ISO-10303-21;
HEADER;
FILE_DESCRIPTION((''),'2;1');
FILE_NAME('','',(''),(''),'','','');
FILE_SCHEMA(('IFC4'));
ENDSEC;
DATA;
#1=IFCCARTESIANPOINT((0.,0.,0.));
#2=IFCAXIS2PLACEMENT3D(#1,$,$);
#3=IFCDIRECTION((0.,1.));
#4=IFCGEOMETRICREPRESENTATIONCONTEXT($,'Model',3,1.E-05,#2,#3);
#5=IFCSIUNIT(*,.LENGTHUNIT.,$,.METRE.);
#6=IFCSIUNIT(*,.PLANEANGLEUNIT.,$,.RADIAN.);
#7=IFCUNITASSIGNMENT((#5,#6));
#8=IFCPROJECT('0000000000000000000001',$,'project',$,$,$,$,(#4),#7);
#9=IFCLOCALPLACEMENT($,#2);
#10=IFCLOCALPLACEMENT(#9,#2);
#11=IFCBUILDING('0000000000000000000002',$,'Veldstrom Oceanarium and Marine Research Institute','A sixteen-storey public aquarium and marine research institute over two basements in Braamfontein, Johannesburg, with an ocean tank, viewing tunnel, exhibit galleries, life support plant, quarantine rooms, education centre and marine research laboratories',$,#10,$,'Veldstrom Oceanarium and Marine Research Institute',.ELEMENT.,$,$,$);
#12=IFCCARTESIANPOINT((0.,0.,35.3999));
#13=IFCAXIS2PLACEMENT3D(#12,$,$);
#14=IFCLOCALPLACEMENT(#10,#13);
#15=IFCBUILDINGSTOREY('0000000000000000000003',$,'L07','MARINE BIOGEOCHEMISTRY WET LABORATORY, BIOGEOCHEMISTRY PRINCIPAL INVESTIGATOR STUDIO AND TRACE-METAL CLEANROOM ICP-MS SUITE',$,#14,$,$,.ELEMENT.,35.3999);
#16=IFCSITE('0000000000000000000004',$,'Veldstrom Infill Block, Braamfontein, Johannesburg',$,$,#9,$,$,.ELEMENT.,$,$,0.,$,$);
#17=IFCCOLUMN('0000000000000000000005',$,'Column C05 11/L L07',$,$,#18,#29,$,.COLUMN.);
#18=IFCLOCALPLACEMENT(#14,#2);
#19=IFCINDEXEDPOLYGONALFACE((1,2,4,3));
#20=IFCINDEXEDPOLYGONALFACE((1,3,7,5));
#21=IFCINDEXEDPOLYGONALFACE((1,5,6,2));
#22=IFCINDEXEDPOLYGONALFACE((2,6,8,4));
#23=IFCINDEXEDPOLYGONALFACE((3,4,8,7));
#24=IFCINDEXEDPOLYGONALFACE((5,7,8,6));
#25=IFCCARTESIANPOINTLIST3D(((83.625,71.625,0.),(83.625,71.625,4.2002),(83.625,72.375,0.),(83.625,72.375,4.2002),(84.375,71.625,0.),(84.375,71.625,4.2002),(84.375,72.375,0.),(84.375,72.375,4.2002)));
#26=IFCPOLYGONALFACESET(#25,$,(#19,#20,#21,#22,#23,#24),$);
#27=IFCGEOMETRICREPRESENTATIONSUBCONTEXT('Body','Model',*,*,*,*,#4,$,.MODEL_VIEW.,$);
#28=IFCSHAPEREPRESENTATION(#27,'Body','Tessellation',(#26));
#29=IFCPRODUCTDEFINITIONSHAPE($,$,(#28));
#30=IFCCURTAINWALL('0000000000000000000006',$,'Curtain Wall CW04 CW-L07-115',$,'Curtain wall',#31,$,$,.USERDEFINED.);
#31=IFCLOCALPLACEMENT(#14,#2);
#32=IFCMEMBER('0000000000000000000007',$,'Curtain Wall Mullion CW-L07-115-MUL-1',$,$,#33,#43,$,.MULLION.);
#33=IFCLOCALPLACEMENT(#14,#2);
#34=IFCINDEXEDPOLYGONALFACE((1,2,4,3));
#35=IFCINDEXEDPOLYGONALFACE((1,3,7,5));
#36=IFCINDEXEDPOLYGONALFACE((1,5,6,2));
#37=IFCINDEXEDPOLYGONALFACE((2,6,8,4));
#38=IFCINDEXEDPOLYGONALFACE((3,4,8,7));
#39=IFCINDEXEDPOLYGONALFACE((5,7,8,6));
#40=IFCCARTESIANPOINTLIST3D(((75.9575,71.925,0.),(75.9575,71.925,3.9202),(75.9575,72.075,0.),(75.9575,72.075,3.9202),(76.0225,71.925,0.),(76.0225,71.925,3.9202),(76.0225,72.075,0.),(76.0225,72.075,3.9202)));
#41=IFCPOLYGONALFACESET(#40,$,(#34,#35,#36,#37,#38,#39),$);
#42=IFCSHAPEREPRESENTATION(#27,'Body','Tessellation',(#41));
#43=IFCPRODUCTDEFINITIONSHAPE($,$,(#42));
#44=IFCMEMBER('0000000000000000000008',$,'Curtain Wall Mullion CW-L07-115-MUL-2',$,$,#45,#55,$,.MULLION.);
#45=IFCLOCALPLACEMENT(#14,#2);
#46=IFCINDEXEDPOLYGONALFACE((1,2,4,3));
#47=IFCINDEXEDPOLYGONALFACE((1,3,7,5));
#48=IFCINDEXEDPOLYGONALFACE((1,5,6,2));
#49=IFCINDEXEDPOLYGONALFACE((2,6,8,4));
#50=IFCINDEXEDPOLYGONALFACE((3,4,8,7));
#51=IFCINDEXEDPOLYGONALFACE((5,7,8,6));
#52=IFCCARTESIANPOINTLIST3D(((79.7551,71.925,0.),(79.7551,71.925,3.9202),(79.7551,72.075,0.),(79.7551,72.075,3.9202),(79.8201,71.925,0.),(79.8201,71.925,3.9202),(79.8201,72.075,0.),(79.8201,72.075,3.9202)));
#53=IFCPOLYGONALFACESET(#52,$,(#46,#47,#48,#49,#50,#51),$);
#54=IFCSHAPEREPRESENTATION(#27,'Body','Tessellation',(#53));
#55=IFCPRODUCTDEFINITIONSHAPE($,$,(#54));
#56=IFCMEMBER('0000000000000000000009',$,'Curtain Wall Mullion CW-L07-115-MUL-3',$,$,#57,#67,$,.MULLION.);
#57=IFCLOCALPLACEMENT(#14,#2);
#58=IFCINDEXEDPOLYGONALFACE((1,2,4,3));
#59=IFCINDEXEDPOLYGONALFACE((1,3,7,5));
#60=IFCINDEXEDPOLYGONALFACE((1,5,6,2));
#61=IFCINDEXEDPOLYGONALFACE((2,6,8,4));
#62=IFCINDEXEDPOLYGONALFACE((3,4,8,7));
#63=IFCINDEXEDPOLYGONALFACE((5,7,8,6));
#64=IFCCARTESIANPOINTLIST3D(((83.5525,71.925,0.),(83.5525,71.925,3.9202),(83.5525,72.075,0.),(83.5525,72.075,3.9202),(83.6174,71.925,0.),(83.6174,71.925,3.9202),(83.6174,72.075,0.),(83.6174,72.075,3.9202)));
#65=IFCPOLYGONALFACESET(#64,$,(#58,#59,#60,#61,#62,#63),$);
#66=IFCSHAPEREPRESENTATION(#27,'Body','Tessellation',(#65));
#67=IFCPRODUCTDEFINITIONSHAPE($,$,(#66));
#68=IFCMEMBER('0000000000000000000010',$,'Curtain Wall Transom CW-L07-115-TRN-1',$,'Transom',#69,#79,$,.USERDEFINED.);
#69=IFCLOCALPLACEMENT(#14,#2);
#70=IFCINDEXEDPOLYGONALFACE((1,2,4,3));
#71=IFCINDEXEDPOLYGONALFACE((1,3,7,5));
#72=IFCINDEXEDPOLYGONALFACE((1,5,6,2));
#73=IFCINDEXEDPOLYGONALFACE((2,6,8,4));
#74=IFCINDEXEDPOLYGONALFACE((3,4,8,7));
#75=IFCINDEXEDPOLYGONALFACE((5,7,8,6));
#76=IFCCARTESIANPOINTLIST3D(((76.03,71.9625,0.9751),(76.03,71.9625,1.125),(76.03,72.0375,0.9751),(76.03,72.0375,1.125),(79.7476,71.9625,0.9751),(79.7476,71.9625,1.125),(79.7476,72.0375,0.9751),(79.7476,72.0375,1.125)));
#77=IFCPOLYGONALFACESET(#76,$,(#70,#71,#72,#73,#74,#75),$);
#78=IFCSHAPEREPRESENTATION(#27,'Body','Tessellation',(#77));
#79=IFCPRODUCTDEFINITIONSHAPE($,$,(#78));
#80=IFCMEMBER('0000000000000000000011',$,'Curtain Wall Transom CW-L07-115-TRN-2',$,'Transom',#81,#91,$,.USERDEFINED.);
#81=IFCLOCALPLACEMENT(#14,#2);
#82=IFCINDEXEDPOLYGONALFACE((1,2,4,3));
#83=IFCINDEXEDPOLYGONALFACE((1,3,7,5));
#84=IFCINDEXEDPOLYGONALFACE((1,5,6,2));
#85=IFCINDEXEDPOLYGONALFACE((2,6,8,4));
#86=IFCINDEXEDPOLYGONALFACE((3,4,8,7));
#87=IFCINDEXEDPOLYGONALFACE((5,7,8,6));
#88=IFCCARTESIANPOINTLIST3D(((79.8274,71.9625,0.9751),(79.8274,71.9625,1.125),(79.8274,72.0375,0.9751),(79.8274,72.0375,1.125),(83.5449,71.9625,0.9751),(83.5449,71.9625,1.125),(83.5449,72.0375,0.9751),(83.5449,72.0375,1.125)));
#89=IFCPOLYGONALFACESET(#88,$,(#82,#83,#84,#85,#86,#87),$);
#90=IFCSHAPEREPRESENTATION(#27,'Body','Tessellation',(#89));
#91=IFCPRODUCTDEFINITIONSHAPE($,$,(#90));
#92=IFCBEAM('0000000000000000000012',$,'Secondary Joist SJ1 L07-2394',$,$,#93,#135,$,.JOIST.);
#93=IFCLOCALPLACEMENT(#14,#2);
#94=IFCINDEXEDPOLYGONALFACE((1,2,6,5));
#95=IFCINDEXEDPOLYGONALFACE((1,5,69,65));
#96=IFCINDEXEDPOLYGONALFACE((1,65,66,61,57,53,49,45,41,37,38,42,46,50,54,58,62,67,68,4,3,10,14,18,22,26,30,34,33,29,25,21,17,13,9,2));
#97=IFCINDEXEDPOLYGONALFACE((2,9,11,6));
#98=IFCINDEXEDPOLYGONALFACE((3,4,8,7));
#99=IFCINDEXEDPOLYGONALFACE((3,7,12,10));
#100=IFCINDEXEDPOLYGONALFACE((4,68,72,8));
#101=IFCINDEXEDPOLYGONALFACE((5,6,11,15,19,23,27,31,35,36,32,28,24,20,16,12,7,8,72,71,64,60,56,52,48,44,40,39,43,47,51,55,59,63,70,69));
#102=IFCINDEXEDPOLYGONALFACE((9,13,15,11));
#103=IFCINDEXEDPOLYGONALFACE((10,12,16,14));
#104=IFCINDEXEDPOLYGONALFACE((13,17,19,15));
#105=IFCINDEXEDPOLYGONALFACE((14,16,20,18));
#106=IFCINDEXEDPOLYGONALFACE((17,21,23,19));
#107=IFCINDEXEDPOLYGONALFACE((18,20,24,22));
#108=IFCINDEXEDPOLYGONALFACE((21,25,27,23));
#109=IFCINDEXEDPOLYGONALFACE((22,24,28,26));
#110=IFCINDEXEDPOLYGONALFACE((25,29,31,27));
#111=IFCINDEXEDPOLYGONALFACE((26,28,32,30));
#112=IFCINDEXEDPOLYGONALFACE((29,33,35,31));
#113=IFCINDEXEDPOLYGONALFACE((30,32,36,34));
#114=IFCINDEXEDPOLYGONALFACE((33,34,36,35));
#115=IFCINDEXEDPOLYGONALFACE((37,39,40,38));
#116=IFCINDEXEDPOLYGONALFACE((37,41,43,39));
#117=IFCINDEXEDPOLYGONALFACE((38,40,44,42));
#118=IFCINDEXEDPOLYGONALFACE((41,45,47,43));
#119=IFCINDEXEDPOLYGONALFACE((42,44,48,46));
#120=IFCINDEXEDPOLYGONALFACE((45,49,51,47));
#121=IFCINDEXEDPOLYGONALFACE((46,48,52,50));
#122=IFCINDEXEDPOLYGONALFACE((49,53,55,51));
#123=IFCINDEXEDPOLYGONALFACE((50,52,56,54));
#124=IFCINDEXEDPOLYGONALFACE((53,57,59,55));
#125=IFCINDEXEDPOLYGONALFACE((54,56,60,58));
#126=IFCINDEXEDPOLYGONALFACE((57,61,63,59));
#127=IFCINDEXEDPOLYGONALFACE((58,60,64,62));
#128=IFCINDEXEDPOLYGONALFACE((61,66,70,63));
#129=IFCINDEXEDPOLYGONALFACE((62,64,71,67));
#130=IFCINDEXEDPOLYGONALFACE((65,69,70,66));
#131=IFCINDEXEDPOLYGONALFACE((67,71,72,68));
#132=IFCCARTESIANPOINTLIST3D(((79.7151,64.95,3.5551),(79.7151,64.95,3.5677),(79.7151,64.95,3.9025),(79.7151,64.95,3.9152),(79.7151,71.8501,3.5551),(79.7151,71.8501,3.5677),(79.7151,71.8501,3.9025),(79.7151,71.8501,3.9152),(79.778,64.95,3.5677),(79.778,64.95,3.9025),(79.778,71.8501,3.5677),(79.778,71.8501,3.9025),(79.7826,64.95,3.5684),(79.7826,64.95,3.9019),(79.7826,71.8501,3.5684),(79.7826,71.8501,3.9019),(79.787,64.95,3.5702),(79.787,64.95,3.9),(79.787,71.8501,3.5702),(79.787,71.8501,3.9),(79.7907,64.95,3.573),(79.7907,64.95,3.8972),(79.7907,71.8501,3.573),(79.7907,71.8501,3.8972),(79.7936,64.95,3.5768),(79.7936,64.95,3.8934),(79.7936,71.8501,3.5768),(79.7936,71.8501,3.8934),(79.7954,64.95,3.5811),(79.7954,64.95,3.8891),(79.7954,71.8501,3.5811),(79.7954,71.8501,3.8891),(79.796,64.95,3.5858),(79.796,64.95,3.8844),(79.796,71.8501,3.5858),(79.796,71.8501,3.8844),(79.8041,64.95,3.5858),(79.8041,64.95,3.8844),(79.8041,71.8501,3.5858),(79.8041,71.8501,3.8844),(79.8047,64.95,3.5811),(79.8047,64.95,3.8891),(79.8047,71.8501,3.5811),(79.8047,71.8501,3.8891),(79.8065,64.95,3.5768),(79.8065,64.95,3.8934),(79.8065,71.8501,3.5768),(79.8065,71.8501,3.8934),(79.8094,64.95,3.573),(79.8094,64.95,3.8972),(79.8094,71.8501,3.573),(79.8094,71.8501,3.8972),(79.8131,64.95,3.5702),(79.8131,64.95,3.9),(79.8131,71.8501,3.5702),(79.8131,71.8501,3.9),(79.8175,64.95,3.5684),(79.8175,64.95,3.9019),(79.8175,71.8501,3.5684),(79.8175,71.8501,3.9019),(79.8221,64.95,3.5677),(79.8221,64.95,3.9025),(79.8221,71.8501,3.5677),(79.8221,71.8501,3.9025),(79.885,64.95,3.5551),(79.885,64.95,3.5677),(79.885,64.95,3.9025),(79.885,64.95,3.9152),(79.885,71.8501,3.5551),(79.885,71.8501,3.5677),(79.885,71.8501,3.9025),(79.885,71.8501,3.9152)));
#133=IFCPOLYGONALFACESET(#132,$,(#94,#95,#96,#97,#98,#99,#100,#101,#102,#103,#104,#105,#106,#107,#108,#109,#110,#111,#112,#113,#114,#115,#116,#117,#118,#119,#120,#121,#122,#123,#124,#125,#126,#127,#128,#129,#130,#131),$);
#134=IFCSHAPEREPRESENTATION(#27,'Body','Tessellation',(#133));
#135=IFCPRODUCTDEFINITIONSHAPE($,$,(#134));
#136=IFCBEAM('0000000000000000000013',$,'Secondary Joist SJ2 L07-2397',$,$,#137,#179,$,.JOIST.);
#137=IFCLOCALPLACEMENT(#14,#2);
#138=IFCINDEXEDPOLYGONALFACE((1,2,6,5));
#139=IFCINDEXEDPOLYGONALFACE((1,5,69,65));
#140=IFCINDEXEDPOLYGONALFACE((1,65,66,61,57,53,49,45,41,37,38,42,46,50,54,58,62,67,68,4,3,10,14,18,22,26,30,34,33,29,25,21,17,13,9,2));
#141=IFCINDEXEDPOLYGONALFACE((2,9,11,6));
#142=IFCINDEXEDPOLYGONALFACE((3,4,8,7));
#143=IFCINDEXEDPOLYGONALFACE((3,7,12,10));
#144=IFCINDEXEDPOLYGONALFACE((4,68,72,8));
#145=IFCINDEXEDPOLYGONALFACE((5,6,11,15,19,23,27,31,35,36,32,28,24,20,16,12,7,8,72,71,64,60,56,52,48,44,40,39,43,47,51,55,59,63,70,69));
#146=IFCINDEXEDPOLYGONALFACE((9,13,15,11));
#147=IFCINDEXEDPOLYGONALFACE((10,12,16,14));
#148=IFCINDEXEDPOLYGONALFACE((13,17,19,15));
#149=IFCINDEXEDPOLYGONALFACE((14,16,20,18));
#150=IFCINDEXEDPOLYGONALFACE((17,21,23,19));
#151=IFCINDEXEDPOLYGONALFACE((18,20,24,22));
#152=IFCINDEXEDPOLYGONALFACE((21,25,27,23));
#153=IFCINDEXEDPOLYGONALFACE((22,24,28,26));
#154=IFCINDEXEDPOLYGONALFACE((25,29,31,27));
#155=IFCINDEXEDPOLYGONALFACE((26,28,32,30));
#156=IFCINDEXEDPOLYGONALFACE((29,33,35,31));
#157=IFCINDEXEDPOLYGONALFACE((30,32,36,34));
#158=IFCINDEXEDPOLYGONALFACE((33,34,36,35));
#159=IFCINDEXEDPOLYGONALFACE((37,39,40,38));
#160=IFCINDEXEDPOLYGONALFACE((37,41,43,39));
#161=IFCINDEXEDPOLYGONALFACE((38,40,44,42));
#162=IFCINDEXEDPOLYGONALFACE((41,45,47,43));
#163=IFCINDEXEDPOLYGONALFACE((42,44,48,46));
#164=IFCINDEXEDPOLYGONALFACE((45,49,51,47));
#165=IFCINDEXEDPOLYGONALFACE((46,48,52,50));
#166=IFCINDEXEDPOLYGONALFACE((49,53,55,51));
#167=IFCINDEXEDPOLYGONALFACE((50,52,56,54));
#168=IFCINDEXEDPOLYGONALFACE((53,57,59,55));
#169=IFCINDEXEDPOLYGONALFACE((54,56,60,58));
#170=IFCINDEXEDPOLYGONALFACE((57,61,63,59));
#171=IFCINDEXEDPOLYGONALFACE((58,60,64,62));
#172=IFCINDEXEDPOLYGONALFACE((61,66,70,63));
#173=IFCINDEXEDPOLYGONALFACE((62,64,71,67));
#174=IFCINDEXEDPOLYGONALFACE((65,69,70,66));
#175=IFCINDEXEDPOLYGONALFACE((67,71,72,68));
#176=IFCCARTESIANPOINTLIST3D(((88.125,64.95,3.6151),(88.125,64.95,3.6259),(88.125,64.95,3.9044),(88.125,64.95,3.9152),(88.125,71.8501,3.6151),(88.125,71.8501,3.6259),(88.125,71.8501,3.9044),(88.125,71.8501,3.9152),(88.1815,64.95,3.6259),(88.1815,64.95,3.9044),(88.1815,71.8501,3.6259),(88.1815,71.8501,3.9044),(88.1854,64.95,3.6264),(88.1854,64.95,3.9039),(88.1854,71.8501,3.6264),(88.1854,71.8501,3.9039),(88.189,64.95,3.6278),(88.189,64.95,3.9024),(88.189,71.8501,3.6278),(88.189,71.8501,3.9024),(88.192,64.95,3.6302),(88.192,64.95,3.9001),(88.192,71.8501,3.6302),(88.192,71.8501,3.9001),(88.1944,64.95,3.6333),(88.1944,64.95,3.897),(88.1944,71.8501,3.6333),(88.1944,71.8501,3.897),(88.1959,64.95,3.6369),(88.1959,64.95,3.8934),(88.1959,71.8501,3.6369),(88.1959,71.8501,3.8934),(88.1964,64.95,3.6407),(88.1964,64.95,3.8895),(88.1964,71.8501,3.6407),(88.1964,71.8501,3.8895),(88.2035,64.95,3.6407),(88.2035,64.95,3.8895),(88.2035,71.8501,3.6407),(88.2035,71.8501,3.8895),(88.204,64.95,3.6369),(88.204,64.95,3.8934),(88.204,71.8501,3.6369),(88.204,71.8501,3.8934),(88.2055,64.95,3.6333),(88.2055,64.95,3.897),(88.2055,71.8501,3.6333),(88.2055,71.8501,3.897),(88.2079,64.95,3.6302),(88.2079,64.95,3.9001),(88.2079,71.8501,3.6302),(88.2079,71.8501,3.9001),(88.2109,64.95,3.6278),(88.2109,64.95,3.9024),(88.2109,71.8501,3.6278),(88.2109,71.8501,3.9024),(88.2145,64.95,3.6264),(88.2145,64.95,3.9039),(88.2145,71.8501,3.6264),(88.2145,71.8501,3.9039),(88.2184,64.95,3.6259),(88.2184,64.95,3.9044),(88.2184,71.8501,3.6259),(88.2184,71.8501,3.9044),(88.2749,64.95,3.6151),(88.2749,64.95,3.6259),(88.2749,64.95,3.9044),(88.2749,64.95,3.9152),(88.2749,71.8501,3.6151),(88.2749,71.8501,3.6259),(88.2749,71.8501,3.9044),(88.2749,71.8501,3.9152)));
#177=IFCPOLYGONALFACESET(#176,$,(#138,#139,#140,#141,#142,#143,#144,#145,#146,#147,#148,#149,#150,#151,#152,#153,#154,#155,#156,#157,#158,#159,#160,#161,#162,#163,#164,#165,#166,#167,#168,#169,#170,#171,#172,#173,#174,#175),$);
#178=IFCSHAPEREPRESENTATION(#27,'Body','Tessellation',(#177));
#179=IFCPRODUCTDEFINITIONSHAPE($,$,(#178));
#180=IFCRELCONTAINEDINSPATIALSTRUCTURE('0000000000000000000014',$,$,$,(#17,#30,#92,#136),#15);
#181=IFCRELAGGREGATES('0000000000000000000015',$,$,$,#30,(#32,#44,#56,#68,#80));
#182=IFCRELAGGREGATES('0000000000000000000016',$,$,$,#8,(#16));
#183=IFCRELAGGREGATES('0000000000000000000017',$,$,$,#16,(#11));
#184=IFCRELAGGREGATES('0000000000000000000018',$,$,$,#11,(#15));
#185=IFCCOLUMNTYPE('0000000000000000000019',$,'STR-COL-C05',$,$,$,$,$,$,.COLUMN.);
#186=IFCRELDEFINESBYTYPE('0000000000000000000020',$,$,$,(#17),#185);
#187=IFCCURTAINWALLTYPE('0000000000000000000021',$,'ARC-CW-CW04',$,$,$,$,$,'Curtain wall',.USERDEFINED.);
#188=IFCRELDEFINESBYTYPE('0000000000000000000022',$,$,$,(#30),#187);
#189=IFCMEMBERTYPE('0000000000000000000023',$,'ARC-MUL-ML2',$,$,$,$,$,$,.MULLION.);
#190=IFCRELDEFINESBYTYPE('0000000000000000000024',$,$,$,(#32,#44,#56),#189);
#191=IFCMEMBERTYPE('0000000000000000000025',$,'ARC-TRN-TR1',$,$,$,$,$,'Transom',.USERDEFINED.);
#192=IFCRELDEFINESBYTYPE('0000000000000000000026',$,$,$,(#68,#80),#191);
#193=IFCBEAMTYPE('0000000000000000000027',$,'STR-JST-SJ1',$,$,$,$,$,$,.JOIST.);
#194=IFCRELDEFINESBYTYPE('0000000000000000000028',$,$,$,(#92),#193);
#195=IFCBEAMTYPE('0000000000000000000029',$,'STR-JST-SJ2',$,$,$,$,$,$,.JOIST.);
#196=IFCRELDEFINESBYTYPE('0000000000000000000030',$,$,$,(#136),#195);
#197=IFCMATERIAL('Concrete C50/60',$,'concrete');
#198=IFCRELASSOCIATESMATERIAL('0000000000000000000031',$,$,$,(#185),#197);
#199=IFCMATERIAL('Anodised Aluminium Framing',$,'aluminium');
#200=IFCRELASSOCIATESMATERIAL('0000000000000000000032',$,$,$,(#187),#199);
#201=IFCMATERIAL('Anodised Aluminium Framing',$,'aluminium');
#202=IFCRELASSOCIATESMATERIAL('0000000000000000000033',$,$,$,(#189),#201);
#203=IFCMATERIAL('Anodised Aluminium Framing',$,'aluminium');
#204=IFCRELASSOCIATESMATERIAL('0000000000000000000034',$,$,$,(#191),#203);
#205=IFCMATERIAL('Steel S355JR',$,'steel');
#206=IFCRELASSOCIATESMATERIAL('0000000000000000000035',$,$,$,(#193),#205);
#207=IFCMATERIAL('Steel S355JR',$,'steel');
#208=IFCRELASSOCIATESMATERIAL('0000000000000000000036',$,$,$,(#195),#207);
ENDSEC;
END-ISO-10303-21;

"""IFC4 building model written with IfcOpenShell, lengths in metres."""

from ifc_helpers import new_model, si_unit, direction, frame, origin, origin_2d, place, context, subcontext, project, spatial, rectangle, i_section, extrude, material, material_profile, profile_set, type_object, element, aggregate, save


model = new_model("IFC4")

# Units and contexts
model_context = context("Model", 3, precision=1e-05, world=origin(), true_north=direction((0.0, 1.0)))
body_context = subcontext(model_context, "Body", "Model", "MODEL_VIEW")
ifc_project = project(units=[si_unit("LENGTHUNIT", "METRE"), si_unit("PLANEANGLEUNIT", "RADIAN")], contexts=[model_context])

# Site, building, storey
site_placement = place(None, origin())
site = spatial("IfcSite", under=ifc_project, at=site_placement, Name="Veldstrom Infill Block, Braamfontein, Johannesburg", CompositionType="ELEMENT", RefElevation=0.0)
building_placement = place(site_placement, origin())
building = spatial("IfcBuilding", under=site, at=building_placement, Name="Veldstrom Oceanarium and Marine Research Institute", Description="A sixteen-storey public aquarium and marine research institute over two basements in Braamfontein, Johannesburg, with an ocean tank, viewing tunnel, exhibit galleries, life support plant, quarantine rooms, education centre and marine research laboratories", LongName="Veldstrom Oceanarium and Marine Research Institute", CompositionType="ELEMENT")
storey_placement = place(building_placement, frame((0.0, 0.0, 35.3999)))
storey = spatial("IfcBuildingStorey", under=building, at=storey_placement, Name="L07", Description="MARINE BIOGEOCHEMISTRY WET LABORATORY, BIOGEOCHEMISTRY PRINCIPAL INVESTIGATOR STUDIO AND TRACE-METAL CLEANROOM ICP-MS SUITE", CompositionType="ELEMENT", Elevation=35.3999)

# Column
ifc_material_1 = material(Name="Concrete C50/60", Category="concrete")
ifc_material_profile_1 = material_profile(ifc_material_1, rectangle(XDim=0.75, YDim=0.75, at=origin_2d()), Name="RC-COL-750x750")
ifc_profile_set_1 = profile_set([ifc_material_profile_1], Name="Concrete C50/60")
column_type = type_object("IfcColumnType", Name="STR-COL-C05", PredefinedType="COLUMN", material=ifc_profile_set_1)
column_placement = place(storey_placement, frame((84.0, 72.0, 0.0), z_axis=(0.0, 0.0, 1.0), x_axis=(1.0, 0.0, 0.0)))
element("IfcColumn", 1, at=column_placement, inside=storey, type_object=column_type, Name="Column C05 11/L L07", PredefinedType="COLUMN", context=body_context, shape_type="SweptSolid", body=[
    extrude(rectangle(XDim=0.75, YDim=0.75, at=origin_2d()), origin(), (0.0, 0.0, 1.0), 4.2002),
])

# Curtain wall, members
ifc_material_2 = material(Name="Anodised Aluminium Framing", Category="aluminium")
curtain_wall_type = type_object("IfcCurtainWallType", Name="ARC-CW-CW04", ElementType="Curtain wall", PredefinedType="USERDEFINED", material=ifc_material_2)
curtain_wall_placement = place(storey_placement, origin())
curtain_wall = element("IfcCurtainWall", 2, at=curtain_wall_placement, inside=storey, type_object=curtain_wall_type, Name="Curtain Wall CW04 CW-L07-115", ObjectType="Curtain wall", PredefinedType="USERDEFINED")
ifc_material_3 = material(Name="Anodised Aluminium Framing", Category="aluminium")
ifc_material_profile_2 = material_profile(ifc_material_3, rectangle(XDim=0.0649, YDim=0.1499, at=origin_2d()), Name="ALU-MUL-65x150")
ifc_profile_set_2 = profile_set([ifc_material_profile_2], Name="Anodised Aluminium Framing")
member_type_1 = type_object("IfcMemberType", Name="ARC-MUL-ML2", PredefinedType="MULLION", material=ifc_profile_set_2)
member_1_placement = place(storey_placement, frame((75.99, 72.0, 0.0), z_axis=(0.0, 0.0, 1.0), x_axis=(1.0, 0.0, 0.0)))
member_1 = element("IfcMember", 3, at=member_1_placement, type_object=member_type_1, Name="Curtain Wall Mullion CW-L07-115-MUL-1", PredefinedType="MULLION", context=body_context, shape_type="SweptSolid", body=[
    extrude(rectangle(XDim=0.0649, YDim=0.1499, at=origin_2d()), origin(), (0.0, 0.0, 1.0), 3.9202),
])
member_2_placement = place(storey_placement, frame((79.7876, 72.0, 0.0), z_axis=(0.0, 0.0, 1.0), x_axis=(1.0, 0.0, 0.0)))
member_2 = element("IfcMember", 4, at=member_2_placement, type_object=member_type_1, Name="Curtain Wall Mullion CW-L07-115-MUL-2", PredefinedType="MULLION", context=body_context, shape_type="SweptSolid", body=[
    extrude(rectangle(XDim=0.0649, YDim=0.1499, at=origin_2d()), origin(), (0.0, 0.0, 1.0), 3.9202),
])
member_3_placement = place(storey_placement, frame((83.585, 72.0, 0.0), z_axis=(0.0, 0.0, 1.0), x_axis=(1.0, 0.0, 0.0)))
member_3 = element("IfcMember", 5, at=member_3_placement, type_object=member_type_1, Name="Curtain Wall Mullion CW-L07-115-MUL-3", PredefinedType="MULLION", context=body_context, shape_type="SweptSolid", body=[
    extrude(rectangle(XDim=0.0649, YDim=0.1499, at=origin_2d()), origin(), (0.0, 0.0, 1.0), 3.9202),
])
ifc_material_4 = material(Name="Anodised Aluminium Framing", Category="aluminium")
ifc_material_profile_3 = material_profile(ifc_material_4, rectangle(XDim=0.075, YDim=0.1499, at=origin_2d()), Name="ALU-TRN-75x150")
ifc_profile_set_3 = profile_set([ifc_material_profile_3], Name="Anodised Aluminium Framing")
member_type_2 = type_object("IfcMemberType", Name="ARC-TRN-TR1", ElementType="Transom", PredefinedType="USERDEFINED", material=ifc_profile_set_3)
member_4_placement = place(storey_placement, frame((76.03, 72.0, 1.05), z_axis=(1.0, 0.0, 0.0), x_axis=(0.0, 1.0, 0.0)))
member_4 = element("IfcMember", 6, at=member_4_placement, type_object=member_type_2, Name="Curtain Wall Transom CW-L07-115-TRN-1", ObjectType="Transom", PredefinedType="USERDEFINED", context=body_context, shape_type="SweptSolid", body=[
    extrude(rectangle(XDim=0.075, YDim=0.1499, at=origin_2d()), origin(), (0.0, 0.0, 1.0), 3.7175),
])
member_5_placement = place(storey_placement, frame((79.8274, 72.0, 1.05), z_axis=(1.0, 0.0, 0.0), x_axis=(0.0, 1.0, 0.0)))
member_5 = element("IfcMember", 7, at=member_5_placement, type_object=member_type_2, Name="Curtain Wall Transom CW-L07-115-TRN-2", ObjectType="Transom", PredefinedType="USERDEFINED", context=body_context, shape_type="SweptSolid", body=[
    extrude(rectangle(XDim=0.075, YDim=0.1499, at=origin_2d()), origin(), (0.0, 0.0, 1.0), 3.7175),
])

# Beams
ifc_material_5 = material(Name="Steel S355JR", Category="steel")
ifc_material_profile_4 = material_profile(ifc_material_5, i_section(OverallWidth=0.1699, OverallDepth=0.3601, WebThickness=0.0081, FlangeThickness=0.0127, FilletRadius=0.0181, at=origin_2d()), Name="IPE 360")
ifc_profile_set_4 = profile_set([ifc_material_profile_4], Name="Steel S355JR")
beam_type_1 = type_object("IfcBeamType", Name="STR-JST-SJ1", PredefinedType="JOIST", material=ifc_profile_set_4)
beam_1_placement = place(storey_placement, frame((79.8, 64.95, 3.7351), z_axis=(0.0, 1.0, 0.0), x_axis=(-1.0, 0.0, 0.0)))
element("IfcBeam", 8, at=beam_1_placement, inside=storey, type_object=beam_type_1, Name="Secondary Joist SJ1 L07-2394", PredefinedType="JOIST", context=body_context, shape_type="SweptSolid", body=[
    extrude(i_section(OverallWidth=0.1699, OverallDepth=0.3601, WebThickness=0.0081, FlangeThickness=0.0127, FilletRadius=0.0181, at=origin_2d()), origin(), (0.0, 0.0, 1.0), 6.9001),
])
ifc_material_6 = material(Name="Steel S355JR", Category="steel")
ifc_material_profile_5 = material_profile(ifc_material_6, i_section(OverallWidth=0.1499, OverallDepth=0.3, WebThickness=0.0071, FlangeThickness=0.0107, FilletRadius=0.0149, at=origin_2d()), Name="IPE 300")
ifc_profile_set_5 = profile_set([ifc_material_profile_5], Name="Steel S355JR")
beam_type_2 = type_object("IfcBeamType", Name="STR-JST-SJ2", PredefinedType="JOIST", material=ifc_profile_set_5)
beam_2_placement = place(storey_placement, frame((88.2, 64.95, 3.7651), z_axis=(0.0, 1.0, 0.0), x_axis=(-1.0, 0.0, 0.0)))
element("IfcBeam", 9, at=beam_2_placement, inside=storey, type_object=beam_type_2, Name="Secondary Joist SJ2 L07-2397", PredefinedType="JOIST", context=body_context, shape_type="SweptSolid", body=[
    extrude(i_section(OverallWidth=0.1499, OverallDepth=0.3, WebThickness=0.0071, FlangeThickness=0.0107, FilletRadius=0.0149, at=origin_2d()), origin(), (0.0, 0.0, 1.0), 6.9001),
])

aggregate(curtain_wall, [member_1, member_2, member_3, member_4, member_5])

save(model, "model.ifc")
